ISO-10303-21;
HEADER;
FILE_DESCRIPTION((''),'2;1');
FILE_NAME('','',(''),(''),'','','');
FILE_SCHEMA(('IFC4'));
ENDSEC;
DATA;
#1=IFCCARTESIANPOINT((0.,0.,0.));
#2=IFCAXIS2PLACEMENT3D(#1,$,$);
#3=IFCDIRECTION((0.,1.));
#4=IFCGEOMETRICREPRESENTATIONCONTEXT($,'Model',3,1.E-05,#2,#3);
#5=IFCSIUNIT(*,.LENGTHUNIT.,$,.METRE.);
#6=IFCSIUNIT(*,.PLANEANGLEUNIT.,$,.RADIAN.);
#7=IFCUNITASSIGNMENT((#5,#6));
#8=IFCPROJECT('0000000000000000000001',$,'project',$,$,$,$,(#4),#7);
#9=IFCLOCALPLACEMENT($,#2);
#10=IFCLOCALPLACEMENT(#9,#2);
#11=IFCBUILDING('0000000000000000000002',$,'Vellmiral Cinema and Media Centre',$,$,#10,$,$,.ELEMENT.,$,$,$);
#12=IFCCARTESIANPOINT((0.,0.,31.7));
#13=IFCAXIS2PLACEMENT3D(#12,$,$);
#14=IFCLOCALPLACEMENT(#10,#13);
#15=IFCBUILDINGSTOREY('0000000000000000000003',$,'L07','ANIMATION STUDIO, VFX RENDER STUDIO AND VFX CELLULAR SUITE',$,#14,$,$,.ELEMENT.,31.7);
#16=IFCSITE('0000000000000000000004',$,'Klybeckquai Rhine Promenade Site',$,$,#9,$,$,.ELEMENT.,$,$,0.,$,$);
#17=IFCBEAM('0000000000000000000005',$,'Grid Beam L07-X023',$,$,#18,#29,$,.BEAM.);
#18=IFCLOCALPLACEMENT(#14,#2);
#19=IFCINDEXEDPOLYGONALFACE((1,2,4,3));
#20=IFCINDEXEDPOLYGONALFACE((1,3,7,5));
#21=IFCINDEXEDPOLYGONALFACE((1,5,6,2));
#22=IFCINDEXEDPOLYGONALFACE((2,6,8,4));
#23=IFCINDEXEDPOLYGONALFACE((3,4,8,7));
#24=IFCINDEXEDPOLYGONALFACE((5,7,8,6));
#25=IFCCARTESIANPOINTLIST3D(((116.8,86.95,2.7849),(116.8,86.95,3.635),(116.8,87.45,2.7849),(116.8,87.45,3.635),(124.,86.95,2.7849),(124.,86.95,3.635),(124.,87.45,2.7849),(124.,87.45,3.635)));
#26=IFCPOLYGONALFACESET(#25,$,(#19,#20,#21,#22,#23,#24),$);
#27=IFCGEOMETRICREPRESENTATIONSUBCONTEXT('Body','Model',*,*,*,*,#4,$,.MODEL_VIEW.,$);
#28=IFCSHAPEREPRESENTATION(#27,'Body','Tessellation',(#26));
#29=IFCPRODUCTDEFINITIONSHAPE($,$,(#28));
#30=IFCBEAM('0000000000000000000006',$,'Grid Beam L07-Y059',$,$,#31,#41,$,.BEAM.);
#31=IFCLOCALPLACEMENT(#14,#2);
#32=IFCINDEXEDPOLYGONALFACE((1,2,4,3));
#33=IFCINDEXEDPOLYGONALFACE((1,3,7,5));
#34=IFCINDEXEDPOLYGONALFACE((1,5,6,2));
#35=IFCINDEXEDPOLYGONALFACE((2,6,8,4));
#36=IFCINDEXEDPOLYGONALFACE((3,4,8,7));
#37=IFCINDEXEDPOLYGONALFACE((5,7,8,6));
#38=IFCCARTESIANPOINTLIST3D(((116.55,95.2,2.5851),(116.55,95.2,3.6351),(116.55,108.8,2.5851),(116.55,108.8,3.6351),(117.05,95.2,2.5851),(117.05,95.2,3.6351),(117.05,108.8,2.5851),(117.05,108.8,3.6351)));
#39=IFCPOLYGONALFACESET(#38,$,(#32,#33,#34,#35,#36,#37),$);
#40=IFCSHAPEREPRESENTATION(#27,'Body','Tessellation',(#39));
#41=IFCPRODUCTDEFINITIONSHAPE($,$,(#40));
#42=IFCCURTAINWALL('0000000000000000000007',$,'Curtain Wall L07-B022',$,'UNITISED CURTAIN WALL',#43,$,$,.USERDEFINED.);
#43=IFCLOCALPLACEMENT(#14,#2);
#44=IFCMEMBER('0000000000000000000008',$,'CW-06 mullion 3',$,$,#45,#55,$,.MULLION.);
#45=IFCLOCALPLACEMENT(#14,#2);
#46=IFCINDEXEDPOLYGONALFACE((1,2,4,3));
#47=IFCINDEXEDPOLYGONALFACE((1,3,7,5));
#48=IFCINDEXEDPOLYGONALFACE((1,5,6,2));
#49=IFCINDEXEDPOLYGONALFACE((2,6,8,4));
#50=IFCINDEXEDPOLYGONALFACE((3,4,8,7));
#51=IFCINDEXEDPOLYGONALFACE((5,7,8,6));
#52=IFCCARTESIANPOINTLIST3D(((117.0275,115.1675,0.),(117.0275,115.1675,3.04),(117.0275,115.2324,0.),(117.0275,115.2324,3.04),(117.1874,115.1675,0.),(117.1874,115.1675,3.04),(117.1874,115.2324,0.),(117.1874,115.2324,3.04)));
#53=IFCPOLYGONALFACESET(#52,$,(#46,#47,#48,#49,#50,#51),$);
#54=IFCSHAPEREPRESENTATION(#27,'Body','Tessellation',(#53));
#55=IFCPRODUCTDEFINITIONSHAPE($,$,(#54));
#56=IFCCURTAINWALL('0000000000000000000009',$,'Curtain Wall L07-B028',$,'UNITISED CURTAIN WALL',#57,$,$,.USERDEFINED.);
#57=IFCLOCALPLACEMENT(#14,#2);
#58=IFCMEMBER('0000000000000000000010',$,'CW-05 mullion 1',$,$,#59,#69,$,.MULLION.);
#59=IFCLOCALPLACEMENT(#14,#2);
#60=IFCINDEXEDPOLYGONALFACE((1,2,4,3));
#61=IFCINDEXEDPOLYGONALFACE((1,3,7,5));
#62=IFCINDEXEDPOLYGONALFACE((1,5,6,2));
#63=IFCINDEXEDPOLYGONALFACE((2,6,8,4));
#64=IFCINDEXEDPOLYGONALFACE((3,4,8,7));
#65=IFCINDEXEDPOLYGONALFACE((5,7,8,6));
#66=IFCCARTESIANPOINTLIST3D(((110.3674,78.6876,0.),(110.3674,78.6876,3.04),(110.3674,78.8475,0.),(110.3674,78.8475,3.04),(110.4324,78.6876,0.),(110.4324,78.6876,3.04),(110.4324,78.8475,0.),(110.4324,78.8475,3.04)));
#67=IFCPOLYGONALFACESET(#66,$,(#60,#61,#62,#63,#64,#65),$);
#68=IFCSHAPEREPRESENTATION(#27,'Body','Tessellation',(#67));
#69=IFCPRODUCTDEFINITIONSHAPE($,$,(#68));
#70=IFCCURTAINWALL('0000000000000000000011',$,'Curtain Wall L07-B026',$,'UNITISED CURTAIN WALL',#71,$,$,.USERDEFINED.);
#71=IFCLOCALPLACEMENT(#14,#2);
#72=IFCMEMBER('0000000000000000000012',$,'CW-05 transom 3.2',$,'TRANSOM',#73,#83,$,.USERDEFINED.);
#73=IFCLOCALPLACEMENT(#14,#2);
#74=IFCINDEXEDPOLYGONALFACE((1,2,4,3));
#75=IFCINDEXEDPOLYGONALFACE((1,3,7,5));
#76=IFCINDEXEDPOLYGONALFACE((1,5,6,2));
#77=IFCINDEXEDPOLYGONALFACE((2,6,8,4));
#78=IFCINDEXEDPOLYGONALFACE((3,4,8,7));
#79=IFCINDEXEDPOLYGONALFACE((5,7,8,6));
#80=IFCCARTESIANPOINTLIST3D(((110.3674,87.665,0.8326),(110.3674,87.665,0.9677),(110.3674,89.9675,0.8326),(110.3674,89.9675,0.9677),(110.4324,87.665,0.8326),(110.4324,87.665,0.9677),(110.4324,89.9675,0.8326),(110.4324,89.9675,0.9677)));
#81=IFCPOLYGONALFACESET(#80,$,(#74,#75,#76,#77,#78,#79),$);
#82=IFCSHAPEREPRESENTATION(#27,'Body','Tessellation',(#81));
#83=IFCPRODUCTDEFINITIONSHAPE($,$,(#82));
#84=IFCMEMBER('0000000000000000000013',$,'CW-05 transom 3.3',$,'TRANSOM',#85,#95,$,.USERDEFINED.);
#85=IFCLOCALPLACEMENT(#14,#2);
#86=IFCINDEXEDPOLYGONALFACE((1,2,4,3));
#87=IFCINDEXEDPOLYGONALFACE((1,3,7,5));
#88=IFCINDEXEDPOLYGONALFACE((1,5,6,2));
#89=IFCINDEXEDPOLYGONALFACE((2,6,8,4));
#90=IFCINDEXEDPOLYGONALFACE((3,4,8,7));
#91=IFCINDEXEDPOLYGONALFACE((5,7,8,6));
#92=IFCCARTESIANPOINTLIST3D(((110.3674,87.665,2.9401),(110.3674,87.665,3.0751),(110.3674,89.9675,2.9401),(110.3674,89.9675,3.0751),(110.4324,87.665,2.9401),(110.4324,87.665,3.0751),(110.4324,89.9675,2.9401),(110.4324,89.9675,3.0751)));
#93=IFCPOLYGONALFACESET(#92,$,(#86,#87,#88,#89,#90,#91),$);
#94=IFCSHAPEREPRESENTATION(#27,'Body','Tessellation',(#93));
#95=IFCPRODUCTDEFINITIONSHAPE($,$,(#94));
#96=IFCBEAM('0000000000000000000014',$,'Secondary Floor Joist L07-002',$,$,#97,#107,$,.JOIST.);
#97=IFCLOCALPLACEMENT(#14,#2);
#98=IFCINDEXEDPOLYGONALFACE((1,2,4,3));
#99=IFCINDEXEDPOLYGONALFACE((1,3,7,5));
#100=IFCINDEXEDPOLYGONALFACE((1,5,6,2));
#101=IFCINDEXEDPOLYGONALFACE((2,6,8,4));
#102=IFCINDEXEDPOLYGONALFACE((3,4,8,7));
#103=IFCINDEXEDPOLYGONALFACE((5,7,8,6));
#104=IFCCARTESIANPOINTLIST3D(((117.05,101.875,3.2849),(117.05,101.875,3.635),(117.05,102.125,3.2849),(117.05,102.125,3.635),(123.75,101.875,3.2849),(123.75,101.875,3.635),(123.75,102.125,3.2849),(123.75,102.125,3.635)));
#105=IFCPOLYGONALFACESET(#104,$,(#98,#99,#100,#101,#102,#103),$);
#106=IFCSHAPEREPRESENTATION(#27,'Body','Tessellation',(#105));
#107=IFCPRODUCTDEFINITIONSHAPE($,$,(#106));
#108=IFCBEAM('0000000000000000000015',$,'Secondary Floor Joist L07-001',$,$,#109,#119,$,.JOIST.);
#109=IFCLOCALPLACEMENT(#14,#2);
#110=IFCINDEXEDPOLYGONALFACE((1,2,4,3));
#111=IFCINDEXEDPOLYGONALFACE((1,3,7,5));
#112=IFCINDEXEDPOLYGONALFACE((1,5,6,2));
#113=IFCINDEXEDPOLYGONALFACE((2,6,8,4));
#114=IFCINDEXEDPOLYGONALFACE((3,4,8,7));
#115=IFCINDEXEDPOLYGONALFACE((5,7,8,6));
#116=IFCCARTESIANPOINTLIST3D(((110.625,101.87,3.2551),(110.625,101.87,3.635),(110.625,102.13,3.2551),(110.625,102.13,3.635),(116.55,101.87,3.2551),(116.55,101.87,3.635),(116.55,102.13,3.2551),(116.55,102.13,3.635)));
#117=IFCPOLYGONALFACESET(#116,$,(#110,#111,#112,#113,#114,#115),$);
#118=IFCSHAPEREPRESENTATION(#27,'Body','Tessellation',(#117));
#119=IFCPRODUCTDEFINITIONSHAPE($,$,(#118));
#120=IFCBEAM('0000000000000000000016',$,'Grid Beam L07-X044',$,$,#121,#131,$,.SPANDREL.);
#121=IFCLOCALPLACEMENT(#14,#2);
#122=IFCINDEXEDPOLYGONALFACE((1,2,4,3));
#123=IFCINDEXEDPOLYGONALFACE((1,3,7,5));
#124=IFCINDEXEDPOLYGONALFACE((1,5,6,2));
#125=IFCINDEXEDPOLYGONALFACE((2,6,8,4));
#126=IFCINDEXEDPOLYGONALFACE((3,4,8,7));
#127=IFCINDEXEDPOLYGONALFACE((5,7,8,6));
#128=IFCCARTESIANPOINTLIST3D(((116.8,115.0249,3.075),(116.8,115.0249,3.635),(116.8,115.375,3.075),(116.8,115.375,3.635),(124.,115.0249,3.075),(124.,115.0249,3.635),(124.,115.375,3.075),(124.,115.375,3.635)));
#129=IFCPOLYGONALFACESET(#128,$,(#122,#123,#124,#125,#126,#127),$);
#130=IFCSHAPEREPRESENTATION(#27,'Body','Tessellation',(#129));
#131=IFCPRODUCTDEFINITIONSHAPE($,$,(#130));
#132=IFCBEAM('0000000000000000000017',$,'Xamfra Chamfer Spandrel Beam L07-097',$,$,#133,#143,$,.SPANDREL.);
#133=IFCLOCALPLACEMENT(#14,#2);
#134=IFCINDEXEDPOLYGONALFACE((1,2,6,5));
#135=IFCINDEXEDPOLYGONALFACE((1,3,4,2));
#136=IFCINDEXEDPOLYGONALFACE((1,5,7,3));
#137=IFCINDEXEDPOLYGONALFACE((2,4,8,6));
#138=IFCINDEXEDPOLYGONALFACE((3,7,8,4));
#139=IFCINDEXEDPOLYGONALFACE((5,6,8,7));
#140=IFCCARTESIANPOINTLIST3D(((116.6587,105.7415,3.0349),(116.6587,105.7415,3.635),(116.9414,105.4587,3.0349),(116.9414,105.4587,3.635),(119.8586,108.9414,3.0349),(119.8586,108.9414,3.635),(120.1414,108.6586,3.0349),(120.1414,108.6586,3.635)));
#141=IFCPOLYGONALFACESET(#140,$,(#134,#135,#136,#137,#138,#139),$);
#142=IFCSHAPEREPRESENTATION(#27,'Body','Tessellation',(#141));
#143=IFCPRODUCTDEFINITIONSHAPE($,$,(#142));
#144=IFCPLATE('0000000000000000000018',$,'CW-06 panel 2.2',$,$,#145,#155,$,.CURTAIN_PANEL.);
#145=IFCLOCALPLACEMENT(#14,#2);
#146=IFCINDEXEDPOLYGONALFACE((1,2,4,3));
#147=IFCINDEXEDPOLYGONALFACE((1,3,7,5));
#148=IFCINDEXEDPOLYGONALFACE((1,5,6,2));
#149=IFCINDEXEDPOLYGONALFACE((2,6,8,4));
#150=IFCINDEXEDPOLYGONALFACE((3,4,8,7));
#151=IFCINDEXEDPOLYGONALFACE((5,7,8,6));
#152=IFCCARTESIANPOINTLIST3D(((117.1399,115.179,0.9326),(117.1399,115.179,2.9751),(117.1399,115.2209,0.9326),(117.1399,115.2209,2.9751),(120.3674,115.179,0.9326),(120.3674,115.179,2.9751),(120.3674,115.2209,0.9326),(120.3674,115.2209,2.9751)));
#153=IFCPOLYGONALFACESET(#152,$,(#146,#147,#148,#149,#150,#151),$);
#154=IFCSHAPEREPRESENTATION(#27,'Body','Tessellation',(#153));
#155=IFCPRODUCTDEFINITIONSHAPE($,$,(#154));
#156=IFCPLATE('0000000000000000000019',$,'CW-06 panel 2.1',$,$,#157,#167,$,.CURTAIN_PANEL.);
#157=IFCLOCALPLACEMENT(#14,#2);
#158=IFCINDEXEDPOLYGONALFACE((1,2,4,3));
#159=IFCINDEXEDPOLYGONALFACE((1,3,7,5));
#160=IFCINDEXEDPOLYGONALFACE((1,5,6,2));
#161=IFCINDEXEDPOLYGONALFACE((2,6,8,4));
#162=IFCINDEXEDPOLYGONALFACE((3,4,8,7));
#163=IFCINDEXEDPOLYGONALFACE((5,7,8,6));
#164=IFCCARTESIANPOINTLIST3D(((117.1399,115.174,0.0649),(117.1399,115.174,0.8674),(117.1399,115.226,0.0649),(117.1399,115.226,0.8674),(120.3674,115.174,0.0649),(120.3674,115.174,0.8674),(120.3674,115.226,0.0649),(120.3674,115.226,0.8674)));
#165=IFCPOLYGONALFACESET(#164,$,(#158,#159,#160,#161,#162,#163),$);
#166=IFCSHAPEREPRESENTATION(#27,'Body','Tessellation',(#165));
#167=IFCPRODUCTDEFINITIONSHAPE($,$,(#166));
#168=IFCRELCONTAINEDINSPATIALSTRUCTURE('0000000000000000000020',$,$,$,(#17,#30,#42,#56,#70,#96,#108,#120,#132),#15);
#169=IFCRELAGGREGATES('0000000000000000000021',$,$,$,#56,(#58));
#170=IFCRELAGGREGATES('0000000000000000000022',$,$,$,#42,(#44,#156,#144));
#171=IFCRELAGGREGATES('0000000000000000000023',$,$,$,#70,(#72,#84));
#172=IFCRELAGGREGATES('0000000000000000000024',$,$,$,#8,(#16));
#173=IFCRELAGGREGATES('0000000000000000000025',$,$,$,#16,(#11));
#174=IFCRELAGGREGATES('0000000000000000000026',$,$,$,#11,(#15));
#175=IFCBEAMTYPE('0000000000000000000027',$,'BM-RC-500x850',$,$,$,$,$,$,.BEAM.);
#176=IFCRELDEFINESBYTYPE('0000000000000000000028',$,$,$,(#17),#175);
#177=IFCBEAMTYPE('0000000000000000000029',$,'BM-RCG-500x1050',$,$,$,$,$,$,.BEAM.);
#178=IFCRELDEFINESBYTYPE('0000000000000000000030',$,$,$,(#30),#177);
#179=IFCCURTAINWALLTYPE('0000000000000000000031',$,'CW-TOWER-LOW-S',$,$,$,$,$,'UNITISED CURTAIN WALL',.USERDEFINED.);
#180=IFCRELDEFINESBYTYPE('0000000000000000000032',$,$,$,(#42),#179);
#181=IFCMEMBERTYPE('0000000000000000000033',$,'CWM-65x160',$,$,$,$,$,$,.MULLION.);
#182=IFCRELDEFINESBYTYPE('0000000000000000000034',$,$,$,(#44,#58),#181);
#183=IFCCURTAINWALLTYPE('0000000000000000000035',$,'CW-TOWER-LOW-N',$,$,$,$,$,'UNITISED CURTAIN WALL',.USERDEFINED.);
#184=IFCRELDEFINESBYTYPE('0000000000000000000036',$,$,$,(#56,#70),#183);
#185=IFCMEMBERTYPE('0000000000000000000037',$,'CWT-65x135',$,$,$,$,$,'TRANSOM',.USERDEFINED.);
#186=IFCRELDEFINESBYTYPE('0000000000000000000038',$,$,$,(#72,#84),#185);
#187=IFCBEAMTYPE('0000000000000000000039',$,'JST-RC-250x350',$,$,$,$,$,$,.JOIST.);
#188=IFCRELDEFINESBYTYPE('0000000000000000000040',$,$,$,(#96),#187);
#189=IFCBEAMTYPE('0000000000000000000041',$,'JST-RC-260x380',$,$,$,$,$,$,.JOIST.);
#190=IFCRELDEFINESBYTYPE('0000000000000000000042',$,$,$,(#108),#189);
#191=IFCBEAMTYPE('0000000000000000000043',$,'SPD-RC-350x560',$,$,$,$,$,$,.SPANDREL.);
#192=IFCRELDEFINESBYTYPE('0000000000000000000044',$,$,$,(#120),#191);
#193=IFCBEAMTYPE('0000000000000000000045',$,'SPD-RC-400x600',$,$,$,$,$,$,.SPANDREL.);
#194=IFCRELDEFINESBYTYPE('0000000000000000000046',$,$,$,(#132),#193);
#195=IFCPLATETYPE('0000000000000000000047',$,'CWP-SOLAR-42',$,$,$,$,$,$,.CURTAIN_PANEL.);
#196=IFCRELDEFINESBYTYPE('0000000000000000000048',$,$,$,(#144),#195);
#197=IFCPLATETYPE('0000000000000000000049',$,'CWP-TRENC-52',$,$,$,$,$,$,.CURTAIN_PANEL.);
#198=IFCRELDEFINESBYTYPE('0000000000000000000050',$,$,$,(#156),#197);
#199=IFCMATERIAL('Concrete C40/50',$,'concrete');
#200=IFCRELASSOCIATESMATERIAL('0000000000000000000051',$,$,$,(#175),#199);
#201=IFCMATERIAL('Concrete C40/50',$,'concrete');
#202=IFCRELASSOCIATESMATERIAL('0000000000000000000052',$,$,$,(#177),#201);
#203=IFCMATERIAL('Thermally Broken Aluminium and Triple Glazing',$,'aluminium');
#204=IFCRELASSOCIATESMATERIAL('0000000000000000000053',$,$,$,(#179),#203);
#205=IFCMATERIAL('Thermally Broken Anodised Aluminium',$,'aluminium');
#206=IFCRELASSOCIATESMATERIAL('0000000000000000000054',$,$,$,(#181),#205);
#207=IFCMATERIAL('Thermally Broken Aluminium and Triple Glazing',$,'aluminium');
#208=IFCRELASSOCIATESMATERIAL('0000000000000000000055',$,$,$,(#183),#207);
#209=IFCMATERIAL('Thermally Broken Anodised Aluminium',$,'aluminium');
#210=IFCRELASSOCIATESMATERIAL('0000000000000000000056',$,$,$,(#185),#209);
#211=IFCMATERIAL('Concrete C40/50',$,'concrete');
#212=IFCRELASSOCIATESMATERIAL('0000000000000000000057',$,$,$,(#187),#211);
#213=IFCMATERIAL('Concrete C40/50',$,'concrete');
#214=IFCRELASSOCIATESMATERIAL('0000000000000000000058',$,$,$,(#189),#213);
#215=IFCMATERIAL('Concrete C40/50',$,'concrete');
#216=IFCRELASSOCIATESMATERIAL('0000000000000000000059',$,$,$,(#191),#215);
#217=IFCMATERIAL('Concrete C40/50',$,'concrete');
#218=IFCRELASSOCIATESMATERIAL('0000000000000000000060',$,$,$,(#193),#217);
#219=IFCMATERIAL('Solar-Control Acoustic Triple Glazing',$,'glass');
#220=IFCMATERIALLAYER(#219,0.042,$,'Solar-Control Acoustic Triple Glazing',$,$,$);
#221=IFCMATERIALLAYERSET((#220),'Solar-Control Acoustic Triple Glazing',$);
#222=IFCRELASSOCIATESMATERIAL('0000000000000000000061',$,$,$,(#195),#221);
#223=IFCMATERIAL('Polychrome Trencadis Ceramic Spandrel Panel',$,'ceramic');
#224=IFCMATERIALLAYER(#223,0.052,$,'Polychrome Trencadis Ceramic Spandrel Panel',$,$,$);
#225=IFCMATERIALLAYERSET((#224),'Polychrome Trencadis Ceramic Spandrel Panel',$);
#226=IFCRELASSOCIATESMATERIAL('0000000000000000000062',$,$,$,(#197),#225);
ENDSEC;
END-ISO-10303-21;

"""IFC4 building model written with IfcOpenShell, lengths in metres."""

from ifc_helpers import new_model, si_unit, direction, frame, origin, origin_2d, place, context, subcontext, project, spatial, rectangle, extrude, material, layer, layer_set, material_profile, profile_set, type_object, element, aggregate, save


model = new_model("IFC4")

# Units and contexts
model_context = context("Model", 3, precision=1e-05, world=origin(), true_north=direction((0.0, 1.0)))
body_context = subcontext(model_context, "Body", "Model", "MODEL_VIEW")
ifc_project = project(units=[si_unit("LENGTHUNIT", "METRE"), si_unit("PLANEANGLEUNIT", "RADIAN")], contexts=[model_context])

# Site, building, storey
site_placement = place(None, origin())
site = spatial("IfcSite", under=ifc_project, at=site_placement, Name="Klybeckquai Rhine Promenade Site", CompositionType="ELEMENT", RefElevation=0.0)
building_placement = place(site_placement, origin())
building = spatial("IfcBuilding", under=site, at=building_placement, Name="Vellmiral Cinema and Media Centre", CompositionType="ELEMENT")
storey_placement = place(building_placement, frame((0.0, 0.0, 31.7)))
storey = spatial("IfcBuildingStorey", under=building, at=storey_placement, Name="L07", Description="ANIMATION STUDIO, VFX RENDER STUDIO AND VFX CELLULAR SUITE", CompositionType="ELEMENT", Elevation=31.7)

# Beams
ifc_material_1 = material(Name="Concrete C40/50", Category="concrete")
ifc_material_profile_1 = material_profile(ifc_material_1, rectangle(XDim=0.5, YDim=0.8501, at=origin_2d()), Name="RC 500x850")
ifc_profile_set_1 = profile_set([ifc_material_profile_1], Name="Concrete C40/50")
beam_type_1 = type_object("IfcBeamType", Name="BM-RC-500x850", PredefinedType="BEAM", material=ifc_profile_set_1)
beam_1_placement = place(storey_placement, frame((116.8, 87.2, 3.21), z_axis=(1.0, 0.0, 0.0), x_axis=(0.0, 1.0, 0.0)))
element("IfcBeam", 1, at=beam_1_placement, inside=storey, type_object=beam_type_1, Name="Grid Beam L07-X023", PredefinedType="BEAM", context=body_context, shape_type="SweptSolid", body=[
    extrude(rectangle(XDim=0.5, YDim=0.8501, at=origin_2d()), origin(), (0.0, 0.0, 1.0), 7.2),
])
ifc_material_2 = material(Name="Concrete C40/50", Category="concrete")
ifc_material_profile_2 = material_profile(ifc_material_2, rectangle(XDim=0.5, YDim=1.05, at=origin_2d()), Name="RC 500x1050")
ifc_profile_set_2 = profile_set([ifc_material_profile_2], Name="Concrete C40/50")
beam_type_2 = type_object("IfcBeamType", Name="BM-RCG-500x1050", PredefinedType="BEAM", material=ifc_profile_set_2)
beam_2_placement = place(storey_placement, frame((116.8, 95.2, 3.1101), z_axis=(0.0, 1.0, 0.0), x_axis=(-1.0, 0.0, 0.0)))
element("IfcBeam", 2, at=beam_2_placement, inside=storey, type_object=beam_type_2, Name="Grid Beam L07-Y059", PredefinedType="BEAM", context=body_context, shape_type="SweptSolid", body=[
    extrude(rectangle(XDim=0.5, YDim=1.05, at=origin_2d()), origin(), (0.0, 0.0, 1.0), 13.6001),
])

# Curtain walls, members
ifc_material_3 = material(Name="Thermally Broken Aluminium and Triple Glazing", Category="aluminium")
curtain_wall_type_1 = type_object("IfcCurtainWallType", Name="CW-TOWER-LOW-S", ElementType="UNITISED CURTAIN WALL", PredefinedType="USERDEFINED", material=ifc_material_3)
curtain_wall_1_placement = place(storey_placement, origin())
curtain_wall_1 = element("IfcCurtainWall", 3, at=curtain_wall_1_placement, inside=storey, type_object=curtain_wall_type_1, Name="Curtain Wall L07-B022", ObjectType="UNITISED CURTAIN WALL", PredefinedType="USERDEFINED")
ifc_material_4 = material(Name="Thermally Broken Anodised Aluminium", Category="aluminium")
ifc_material_profile_3 = material_profile(ifc_material_4, rectangle(XDim=0.0649, YDim=0.1599, at=origin_2d()), Name="MULL 65x160")
ifc_profile_set_3 = profile_set([ifc_material_profile_3], Name="Thermally Broken Anodised Aluminium")
member_type_1 = type_object("IfcMemberType", Name="CWM-65x160", PredefinedType="MULLION", material=ifc_profile_set_3)
member_1_placement = place(storey_placement, frame((117.1074, 115.2, 0.0), z_axis=(0.0, 0.0, 1.0), x_axis=(0.0, -1.0, 0.0)))
member_1 = element("IfcMember", 4, at=member_1_placement, type_object=member_type_1, Name="CW-06 mullion 3", PredefinedType="MULLION", context=body_context, shape_type="SweptSolid", body=[
    extrude(rectangle(XDim=0.0649, YDim=0.1599, at=origin_2d()), origin(), (0.0, 0.0, 1.0), 3.04),
])
ifc_material_5 = material(Name="Thermally Broken Aluminium and Triple Glazing", Category="aluminium")
curtain_wall_type_2 = type_object("IfcCurtainWallType", Name="CW-TOWER-LOW-N", ElementType="UNITISED CURTAIN WALL", PredefinedType="USERDEFINED", material=ifc_material_5)
curtain_wall_2_placement = place(storey_placement, origin())
curtain_wall_2 = element("IfcCurtainWall", 5, at=curtain_wall_2_placement, inside=storey, type_object=curtain_wall_type_2, Name="Curtain Wall L07-B028", ObjectType="UNITISED CURTAIN WALL", PredefinedType="USERDEFINED")
member_2_placement = place(storey_placement, frame((110.3999, 78.7676, 0.0), z_axis=(0.0, 0.0, 1.0), x_axis=(1.0, 0.0, 0.0)))
member_2 = element("IfcMember", 6, at=member_2_placement, type_object=member_type_1, Name="CW-05 mullion 1", PredefinedType="MULLION", context=body_context, shape_type="SweptSolid", body=[
    extrude(rectangle(XDim=0.0649, YDim=0.1599, at=origin_2d()), origin(), (0.0, 0.0, 1.0), 3.04),
])
aggregate(curtain_wall_2, [member_2])

# Curtain wall, members
curtain_wall_3_placement = place(storey_placement, origin())
curtain_wall_3 = element("IfcCurtainWall", 7, at=curtain_wall_3_placement, inside=storey, type_object=curtain_wall_type_2, Name="Curtain Wall L07-B026", ObjectType="UNITISED CURTAIN WALL", PredefinedType="USERDEFINED")
ifc_material_6 = material(Name="Thermally Broken Anodised Aluminium", Category="aluminium")
ifc_material_profile_4 = material_profile(ifc_material_6, rectangle(XDim=0.0649, YDim=0.135, at=origin_2d()), Name="MULL 65x135")
ifc_profile_set_4 = profile_set([ifc_material_profile_4], Name="Thermally Broken Anodised Aluminium")
member_type_2 = type_object("IfcMemberType", Name="CWT-65x135", ElementType="TRANSOM", PredefinedType="USERDEFINED", material=ifc_profile_set_4)
member_3_placement = place(storey_placement, frame((110.3999, 89.9675, 0.9001), z_axis=(0.0, -1.0, 0.0), x_axis=(1.0, 0.0, 0.0)))
member_3 = element("IfcMember", 8, at=member_3_placement, type_object=member_type_2, Name="CW-05 transom 3.2", ObjectType="TRANSOM", PredefinedType="USERDEFINED", context=body_context, shape_type="SweptSolid", body=[
    extrude(rectangle(XDim=0.0649, YDim=0.135, at=origin_2d()), origin(), (0.0, 0.0, 1.0), 2.3025),
])
member_4_placement = place(storey_placement, frame((110.3999, 89.9675, 3.0076), z_axis=(0.0, -1.0, 0.0), x_axis=(1.0, 0.0, 0.0)))
member_4 = element("IfcMember", 9, at=member_4_placement, type_object=member_type_2, Name="CW-05 transom 3.3", ObjectType="TRANSOM", PredefinedType="USERDEFINED", context=body_context, shape_type="SweptSolid", body=[
    extrude(rectangle(XDim=0.0649, YDim=0.135, at=origin_2d()), origin(), (0.0, 0.0, 1.0), 2.3025),
])

# Beams
ifc_material_7 = material(Name="Concrete C40/50", Category="concrete")
ifc_material_profile_5 = material_profile(ifc_material_7, rectangle(XDim=0.25, YDim=0.3501, at=origin_2d()), Name="RC 250x350")
ifc_profile_set_5 = profile_set([ifc_material_profile_5], Name="Concrete C40/50")
beam_type_3 = type_object("IfcBeamType", Name="JST-RC-250x350", PredefinedType="JOIST", material=ifc_profile_set_5)
beam_3_placement = place(storey_placement, frame((117.05, 102.0, 3.46), z_axis=(1.0, 0.0, 0.0), x_axis=(0.0, 1.0, 0.0)))
element("IfcBeam", 10, at=beam_3_placement, inside=storey, type_object=beam_type_3, Name="Secondary Floor Joist L07-002", PredefinedType="JOIST", context=body_context, shape_type="SweptSolid", body=[
    extrude(rectangle(XDim=0.25, YDim=0.3501, at=origin_2d()), origin(), (0.0, 0.0, 1.0), 6.7),
])
ifc_material_8 = material(Name="Concrete C40/50", Category="concrete")
ifc_material_profile_6 = material_profile(ifc_material_8, rectangle(XDim=0.26, YDim=0.3799, at=origin_2d()), Name="RC 260x380")
ifc_profile_set_6 = profile_set([ifc_material_profile_6], Name="Concrete C40/50")
beam_type_4 = type_object("IfcBeamType", Name="JST-RC-260x380", PredefinedType="JOIST", material=ifc_profile_set_6)
beam_4_placement = place(storey_placement, frame((110.625, 102.0, 3.4451), z_axis=(1.0, 0.0, 0.0), x_axis=(0.0, 1.0, 0.0)))
element("IfcBeam", 11, at=beam_4_placement, inside=storey, type_object=beam_type_4, Name="Secondary Floor Joist L07-001", PredefinedType="JOIST", context=body_context, shape_type="SweptSolid", body=[
    extrude(rectangle(XDim=0.26, YDim=0.3799, at=origin_2d()), origin(), (0.0, 0.0, 1.0), 5.925),
])
ifc_material_9 = material(Name="Concrete C40/50", Category="concrete")
ifc_material_profile_7 = material_profile(ifc_material_9, rectangle(XDim=0.3501, YDim=0.5601, at=origin_2d()), Name="RC 350x560")
ifc_profile_set_7 = profile_set([ifc_material_profile_7], Name="Concrete C40/50")
beam_type_5 = type_object("IfcBeamType", Name="SPD-RC-350x560", PredefinedType="SPANDREL", material=ifc_profile_set_7)
beam_5_placement = place(storey_placement, frame((116.8, 115.2, 3.355), z_axis=(1.0, 0.0, 0.0), x_axis=(0.0, 1.0, 0.0)))
element("IfcBeam", 12, at=beam_5_placement, inside=storey, type_object=beam_type_5, Name="Grid Beam L07-X044", PredefinedType="SPANDREL", context=body_context, shape_type="SweptSolid", body=[
    extrude(rectangle(XDim=0.3501, YDim=0.5601, at=origin_2d()), origin(), (0.0, 0.0, 1.0), 7.2),
])
ifc_material_10 = material(Name="Concrete C40/50", Category="concrete")
ifc_material_profile_8 = material_profile(ifc_material_10, rectangle(XDim=0.3999, YDim=0.6001, at=origin_2d()), Name="RC 400x600")
ifc_profile_set_8 = profile_set([ifc_material_profile_8], Name="Concrete C40/50")
beam_type_6 = type_object("IfcBeamType", Name="SPD-RC-400x600", PredefinedType="SPANDREL", material=ifc_profile_set_8)
beam_6_placement = place(storey_placement, frame((116.8, 105.6001, 3.335), z_axis=(0.707107, 0.707107, 0.0), x_axis=(-0.707107, 0.707107, 0.0)))
element("IfcBeam", 13, at=beam_6_placement, inside=storey, type_object=beam_type_6, Name="Xamfra Chamfer Spandrel Beam L07-097", PredefinedType="SPANDREL", context=body_context, shape_type="SweptSolid", body=[
    extrude(rectangle(XDim=0.3999, YDim=0.6001, at=origin_2d()), origin(), (0.0, 0.0, 1.0), 4.5254),
])

# Plates
ifc_material_11 = material(Name="Solar-Control Acoustic Triple Glazing", Category="glass")
ifc_layer_1 = layer(ifc_material_11, 0.042, Name="Solar-Control Acoustic Triple Glazing")
ifc_layer_set_1 = layer_set([ifc_layer_1], Name="Solar-Control Acoustic Triple Glazing")
plate_type_1 = type_object("IfcPlateType", Name="CWP-SOLAR-42", PredefinedType="CURTAIN_PANEL", material=ifc_layer_set_1)
plate_1_placement = place(storey_placement, frame((118.7537, 115.2, 0.9326), z_axis=(0.0, 0.0, 1.0), x_axis=(-1.0, 0.0, 0.0)))
plate_1 = element("IfcPlate", 14, at=plate_1_placement, type_object=plate_type_1, Name="CW-06 panel 2.2", PredefinedType="CURTAIN_PANEL", context=body_context, shape_type="SweptSolid", body=[
    extrude(rectangle(XDim=3.2275, YDim=0.042, at=origin_2d()), origin(), (0.0, 0.0, 1.0), 2.0425),
])
ifc_material_12 = material(Name="Polychrome Trencadis Ceramic Spandrel Panel", Category="ceramic")
ifc_layer_2 = layer(ifc_material_12, 0.052, Name="Polychrome Trencadis Ceramic Spandrel Panel")
ifc_layer_set_2 = layer_set([ifc_layer_2], Name="Polychrome Trencadis Ceramic Spandrel Panel")
plate_type_2 = type_object("IfcPlateType", Name="CWP-TRENC-52", PredefinedType="CURTAIN_PANEL", material=ifc_layer_set_2)
plate_2_placement = place(storey_placement, frame((118.7537, 115.2, 0.0649), z_axis=(0.0, 0.0, 1.0), x_axis=(-1.0, 0.0, 0.0)))
plate_2 = element("IfcPlate", 15, at=plate_2_placement, type_object=plate_type_2, Name="CW-06 panel 2.1", PredefinedType="CURTAIN_PANEL", context=body_context, shape_type="SweptSolid", body=[
    extrude(rectangle(XDim=3.2275, YDim=0.052, at=origin_2d()), origin(), (0.0, 0.0, 1.0), 0.8025),
])
aggregate(curtain_wall_1, [member_1, plate_2, plate_1])
aggregate(curtain_wall_3, [member_3, member_4])

save(model, "model.ifc")
